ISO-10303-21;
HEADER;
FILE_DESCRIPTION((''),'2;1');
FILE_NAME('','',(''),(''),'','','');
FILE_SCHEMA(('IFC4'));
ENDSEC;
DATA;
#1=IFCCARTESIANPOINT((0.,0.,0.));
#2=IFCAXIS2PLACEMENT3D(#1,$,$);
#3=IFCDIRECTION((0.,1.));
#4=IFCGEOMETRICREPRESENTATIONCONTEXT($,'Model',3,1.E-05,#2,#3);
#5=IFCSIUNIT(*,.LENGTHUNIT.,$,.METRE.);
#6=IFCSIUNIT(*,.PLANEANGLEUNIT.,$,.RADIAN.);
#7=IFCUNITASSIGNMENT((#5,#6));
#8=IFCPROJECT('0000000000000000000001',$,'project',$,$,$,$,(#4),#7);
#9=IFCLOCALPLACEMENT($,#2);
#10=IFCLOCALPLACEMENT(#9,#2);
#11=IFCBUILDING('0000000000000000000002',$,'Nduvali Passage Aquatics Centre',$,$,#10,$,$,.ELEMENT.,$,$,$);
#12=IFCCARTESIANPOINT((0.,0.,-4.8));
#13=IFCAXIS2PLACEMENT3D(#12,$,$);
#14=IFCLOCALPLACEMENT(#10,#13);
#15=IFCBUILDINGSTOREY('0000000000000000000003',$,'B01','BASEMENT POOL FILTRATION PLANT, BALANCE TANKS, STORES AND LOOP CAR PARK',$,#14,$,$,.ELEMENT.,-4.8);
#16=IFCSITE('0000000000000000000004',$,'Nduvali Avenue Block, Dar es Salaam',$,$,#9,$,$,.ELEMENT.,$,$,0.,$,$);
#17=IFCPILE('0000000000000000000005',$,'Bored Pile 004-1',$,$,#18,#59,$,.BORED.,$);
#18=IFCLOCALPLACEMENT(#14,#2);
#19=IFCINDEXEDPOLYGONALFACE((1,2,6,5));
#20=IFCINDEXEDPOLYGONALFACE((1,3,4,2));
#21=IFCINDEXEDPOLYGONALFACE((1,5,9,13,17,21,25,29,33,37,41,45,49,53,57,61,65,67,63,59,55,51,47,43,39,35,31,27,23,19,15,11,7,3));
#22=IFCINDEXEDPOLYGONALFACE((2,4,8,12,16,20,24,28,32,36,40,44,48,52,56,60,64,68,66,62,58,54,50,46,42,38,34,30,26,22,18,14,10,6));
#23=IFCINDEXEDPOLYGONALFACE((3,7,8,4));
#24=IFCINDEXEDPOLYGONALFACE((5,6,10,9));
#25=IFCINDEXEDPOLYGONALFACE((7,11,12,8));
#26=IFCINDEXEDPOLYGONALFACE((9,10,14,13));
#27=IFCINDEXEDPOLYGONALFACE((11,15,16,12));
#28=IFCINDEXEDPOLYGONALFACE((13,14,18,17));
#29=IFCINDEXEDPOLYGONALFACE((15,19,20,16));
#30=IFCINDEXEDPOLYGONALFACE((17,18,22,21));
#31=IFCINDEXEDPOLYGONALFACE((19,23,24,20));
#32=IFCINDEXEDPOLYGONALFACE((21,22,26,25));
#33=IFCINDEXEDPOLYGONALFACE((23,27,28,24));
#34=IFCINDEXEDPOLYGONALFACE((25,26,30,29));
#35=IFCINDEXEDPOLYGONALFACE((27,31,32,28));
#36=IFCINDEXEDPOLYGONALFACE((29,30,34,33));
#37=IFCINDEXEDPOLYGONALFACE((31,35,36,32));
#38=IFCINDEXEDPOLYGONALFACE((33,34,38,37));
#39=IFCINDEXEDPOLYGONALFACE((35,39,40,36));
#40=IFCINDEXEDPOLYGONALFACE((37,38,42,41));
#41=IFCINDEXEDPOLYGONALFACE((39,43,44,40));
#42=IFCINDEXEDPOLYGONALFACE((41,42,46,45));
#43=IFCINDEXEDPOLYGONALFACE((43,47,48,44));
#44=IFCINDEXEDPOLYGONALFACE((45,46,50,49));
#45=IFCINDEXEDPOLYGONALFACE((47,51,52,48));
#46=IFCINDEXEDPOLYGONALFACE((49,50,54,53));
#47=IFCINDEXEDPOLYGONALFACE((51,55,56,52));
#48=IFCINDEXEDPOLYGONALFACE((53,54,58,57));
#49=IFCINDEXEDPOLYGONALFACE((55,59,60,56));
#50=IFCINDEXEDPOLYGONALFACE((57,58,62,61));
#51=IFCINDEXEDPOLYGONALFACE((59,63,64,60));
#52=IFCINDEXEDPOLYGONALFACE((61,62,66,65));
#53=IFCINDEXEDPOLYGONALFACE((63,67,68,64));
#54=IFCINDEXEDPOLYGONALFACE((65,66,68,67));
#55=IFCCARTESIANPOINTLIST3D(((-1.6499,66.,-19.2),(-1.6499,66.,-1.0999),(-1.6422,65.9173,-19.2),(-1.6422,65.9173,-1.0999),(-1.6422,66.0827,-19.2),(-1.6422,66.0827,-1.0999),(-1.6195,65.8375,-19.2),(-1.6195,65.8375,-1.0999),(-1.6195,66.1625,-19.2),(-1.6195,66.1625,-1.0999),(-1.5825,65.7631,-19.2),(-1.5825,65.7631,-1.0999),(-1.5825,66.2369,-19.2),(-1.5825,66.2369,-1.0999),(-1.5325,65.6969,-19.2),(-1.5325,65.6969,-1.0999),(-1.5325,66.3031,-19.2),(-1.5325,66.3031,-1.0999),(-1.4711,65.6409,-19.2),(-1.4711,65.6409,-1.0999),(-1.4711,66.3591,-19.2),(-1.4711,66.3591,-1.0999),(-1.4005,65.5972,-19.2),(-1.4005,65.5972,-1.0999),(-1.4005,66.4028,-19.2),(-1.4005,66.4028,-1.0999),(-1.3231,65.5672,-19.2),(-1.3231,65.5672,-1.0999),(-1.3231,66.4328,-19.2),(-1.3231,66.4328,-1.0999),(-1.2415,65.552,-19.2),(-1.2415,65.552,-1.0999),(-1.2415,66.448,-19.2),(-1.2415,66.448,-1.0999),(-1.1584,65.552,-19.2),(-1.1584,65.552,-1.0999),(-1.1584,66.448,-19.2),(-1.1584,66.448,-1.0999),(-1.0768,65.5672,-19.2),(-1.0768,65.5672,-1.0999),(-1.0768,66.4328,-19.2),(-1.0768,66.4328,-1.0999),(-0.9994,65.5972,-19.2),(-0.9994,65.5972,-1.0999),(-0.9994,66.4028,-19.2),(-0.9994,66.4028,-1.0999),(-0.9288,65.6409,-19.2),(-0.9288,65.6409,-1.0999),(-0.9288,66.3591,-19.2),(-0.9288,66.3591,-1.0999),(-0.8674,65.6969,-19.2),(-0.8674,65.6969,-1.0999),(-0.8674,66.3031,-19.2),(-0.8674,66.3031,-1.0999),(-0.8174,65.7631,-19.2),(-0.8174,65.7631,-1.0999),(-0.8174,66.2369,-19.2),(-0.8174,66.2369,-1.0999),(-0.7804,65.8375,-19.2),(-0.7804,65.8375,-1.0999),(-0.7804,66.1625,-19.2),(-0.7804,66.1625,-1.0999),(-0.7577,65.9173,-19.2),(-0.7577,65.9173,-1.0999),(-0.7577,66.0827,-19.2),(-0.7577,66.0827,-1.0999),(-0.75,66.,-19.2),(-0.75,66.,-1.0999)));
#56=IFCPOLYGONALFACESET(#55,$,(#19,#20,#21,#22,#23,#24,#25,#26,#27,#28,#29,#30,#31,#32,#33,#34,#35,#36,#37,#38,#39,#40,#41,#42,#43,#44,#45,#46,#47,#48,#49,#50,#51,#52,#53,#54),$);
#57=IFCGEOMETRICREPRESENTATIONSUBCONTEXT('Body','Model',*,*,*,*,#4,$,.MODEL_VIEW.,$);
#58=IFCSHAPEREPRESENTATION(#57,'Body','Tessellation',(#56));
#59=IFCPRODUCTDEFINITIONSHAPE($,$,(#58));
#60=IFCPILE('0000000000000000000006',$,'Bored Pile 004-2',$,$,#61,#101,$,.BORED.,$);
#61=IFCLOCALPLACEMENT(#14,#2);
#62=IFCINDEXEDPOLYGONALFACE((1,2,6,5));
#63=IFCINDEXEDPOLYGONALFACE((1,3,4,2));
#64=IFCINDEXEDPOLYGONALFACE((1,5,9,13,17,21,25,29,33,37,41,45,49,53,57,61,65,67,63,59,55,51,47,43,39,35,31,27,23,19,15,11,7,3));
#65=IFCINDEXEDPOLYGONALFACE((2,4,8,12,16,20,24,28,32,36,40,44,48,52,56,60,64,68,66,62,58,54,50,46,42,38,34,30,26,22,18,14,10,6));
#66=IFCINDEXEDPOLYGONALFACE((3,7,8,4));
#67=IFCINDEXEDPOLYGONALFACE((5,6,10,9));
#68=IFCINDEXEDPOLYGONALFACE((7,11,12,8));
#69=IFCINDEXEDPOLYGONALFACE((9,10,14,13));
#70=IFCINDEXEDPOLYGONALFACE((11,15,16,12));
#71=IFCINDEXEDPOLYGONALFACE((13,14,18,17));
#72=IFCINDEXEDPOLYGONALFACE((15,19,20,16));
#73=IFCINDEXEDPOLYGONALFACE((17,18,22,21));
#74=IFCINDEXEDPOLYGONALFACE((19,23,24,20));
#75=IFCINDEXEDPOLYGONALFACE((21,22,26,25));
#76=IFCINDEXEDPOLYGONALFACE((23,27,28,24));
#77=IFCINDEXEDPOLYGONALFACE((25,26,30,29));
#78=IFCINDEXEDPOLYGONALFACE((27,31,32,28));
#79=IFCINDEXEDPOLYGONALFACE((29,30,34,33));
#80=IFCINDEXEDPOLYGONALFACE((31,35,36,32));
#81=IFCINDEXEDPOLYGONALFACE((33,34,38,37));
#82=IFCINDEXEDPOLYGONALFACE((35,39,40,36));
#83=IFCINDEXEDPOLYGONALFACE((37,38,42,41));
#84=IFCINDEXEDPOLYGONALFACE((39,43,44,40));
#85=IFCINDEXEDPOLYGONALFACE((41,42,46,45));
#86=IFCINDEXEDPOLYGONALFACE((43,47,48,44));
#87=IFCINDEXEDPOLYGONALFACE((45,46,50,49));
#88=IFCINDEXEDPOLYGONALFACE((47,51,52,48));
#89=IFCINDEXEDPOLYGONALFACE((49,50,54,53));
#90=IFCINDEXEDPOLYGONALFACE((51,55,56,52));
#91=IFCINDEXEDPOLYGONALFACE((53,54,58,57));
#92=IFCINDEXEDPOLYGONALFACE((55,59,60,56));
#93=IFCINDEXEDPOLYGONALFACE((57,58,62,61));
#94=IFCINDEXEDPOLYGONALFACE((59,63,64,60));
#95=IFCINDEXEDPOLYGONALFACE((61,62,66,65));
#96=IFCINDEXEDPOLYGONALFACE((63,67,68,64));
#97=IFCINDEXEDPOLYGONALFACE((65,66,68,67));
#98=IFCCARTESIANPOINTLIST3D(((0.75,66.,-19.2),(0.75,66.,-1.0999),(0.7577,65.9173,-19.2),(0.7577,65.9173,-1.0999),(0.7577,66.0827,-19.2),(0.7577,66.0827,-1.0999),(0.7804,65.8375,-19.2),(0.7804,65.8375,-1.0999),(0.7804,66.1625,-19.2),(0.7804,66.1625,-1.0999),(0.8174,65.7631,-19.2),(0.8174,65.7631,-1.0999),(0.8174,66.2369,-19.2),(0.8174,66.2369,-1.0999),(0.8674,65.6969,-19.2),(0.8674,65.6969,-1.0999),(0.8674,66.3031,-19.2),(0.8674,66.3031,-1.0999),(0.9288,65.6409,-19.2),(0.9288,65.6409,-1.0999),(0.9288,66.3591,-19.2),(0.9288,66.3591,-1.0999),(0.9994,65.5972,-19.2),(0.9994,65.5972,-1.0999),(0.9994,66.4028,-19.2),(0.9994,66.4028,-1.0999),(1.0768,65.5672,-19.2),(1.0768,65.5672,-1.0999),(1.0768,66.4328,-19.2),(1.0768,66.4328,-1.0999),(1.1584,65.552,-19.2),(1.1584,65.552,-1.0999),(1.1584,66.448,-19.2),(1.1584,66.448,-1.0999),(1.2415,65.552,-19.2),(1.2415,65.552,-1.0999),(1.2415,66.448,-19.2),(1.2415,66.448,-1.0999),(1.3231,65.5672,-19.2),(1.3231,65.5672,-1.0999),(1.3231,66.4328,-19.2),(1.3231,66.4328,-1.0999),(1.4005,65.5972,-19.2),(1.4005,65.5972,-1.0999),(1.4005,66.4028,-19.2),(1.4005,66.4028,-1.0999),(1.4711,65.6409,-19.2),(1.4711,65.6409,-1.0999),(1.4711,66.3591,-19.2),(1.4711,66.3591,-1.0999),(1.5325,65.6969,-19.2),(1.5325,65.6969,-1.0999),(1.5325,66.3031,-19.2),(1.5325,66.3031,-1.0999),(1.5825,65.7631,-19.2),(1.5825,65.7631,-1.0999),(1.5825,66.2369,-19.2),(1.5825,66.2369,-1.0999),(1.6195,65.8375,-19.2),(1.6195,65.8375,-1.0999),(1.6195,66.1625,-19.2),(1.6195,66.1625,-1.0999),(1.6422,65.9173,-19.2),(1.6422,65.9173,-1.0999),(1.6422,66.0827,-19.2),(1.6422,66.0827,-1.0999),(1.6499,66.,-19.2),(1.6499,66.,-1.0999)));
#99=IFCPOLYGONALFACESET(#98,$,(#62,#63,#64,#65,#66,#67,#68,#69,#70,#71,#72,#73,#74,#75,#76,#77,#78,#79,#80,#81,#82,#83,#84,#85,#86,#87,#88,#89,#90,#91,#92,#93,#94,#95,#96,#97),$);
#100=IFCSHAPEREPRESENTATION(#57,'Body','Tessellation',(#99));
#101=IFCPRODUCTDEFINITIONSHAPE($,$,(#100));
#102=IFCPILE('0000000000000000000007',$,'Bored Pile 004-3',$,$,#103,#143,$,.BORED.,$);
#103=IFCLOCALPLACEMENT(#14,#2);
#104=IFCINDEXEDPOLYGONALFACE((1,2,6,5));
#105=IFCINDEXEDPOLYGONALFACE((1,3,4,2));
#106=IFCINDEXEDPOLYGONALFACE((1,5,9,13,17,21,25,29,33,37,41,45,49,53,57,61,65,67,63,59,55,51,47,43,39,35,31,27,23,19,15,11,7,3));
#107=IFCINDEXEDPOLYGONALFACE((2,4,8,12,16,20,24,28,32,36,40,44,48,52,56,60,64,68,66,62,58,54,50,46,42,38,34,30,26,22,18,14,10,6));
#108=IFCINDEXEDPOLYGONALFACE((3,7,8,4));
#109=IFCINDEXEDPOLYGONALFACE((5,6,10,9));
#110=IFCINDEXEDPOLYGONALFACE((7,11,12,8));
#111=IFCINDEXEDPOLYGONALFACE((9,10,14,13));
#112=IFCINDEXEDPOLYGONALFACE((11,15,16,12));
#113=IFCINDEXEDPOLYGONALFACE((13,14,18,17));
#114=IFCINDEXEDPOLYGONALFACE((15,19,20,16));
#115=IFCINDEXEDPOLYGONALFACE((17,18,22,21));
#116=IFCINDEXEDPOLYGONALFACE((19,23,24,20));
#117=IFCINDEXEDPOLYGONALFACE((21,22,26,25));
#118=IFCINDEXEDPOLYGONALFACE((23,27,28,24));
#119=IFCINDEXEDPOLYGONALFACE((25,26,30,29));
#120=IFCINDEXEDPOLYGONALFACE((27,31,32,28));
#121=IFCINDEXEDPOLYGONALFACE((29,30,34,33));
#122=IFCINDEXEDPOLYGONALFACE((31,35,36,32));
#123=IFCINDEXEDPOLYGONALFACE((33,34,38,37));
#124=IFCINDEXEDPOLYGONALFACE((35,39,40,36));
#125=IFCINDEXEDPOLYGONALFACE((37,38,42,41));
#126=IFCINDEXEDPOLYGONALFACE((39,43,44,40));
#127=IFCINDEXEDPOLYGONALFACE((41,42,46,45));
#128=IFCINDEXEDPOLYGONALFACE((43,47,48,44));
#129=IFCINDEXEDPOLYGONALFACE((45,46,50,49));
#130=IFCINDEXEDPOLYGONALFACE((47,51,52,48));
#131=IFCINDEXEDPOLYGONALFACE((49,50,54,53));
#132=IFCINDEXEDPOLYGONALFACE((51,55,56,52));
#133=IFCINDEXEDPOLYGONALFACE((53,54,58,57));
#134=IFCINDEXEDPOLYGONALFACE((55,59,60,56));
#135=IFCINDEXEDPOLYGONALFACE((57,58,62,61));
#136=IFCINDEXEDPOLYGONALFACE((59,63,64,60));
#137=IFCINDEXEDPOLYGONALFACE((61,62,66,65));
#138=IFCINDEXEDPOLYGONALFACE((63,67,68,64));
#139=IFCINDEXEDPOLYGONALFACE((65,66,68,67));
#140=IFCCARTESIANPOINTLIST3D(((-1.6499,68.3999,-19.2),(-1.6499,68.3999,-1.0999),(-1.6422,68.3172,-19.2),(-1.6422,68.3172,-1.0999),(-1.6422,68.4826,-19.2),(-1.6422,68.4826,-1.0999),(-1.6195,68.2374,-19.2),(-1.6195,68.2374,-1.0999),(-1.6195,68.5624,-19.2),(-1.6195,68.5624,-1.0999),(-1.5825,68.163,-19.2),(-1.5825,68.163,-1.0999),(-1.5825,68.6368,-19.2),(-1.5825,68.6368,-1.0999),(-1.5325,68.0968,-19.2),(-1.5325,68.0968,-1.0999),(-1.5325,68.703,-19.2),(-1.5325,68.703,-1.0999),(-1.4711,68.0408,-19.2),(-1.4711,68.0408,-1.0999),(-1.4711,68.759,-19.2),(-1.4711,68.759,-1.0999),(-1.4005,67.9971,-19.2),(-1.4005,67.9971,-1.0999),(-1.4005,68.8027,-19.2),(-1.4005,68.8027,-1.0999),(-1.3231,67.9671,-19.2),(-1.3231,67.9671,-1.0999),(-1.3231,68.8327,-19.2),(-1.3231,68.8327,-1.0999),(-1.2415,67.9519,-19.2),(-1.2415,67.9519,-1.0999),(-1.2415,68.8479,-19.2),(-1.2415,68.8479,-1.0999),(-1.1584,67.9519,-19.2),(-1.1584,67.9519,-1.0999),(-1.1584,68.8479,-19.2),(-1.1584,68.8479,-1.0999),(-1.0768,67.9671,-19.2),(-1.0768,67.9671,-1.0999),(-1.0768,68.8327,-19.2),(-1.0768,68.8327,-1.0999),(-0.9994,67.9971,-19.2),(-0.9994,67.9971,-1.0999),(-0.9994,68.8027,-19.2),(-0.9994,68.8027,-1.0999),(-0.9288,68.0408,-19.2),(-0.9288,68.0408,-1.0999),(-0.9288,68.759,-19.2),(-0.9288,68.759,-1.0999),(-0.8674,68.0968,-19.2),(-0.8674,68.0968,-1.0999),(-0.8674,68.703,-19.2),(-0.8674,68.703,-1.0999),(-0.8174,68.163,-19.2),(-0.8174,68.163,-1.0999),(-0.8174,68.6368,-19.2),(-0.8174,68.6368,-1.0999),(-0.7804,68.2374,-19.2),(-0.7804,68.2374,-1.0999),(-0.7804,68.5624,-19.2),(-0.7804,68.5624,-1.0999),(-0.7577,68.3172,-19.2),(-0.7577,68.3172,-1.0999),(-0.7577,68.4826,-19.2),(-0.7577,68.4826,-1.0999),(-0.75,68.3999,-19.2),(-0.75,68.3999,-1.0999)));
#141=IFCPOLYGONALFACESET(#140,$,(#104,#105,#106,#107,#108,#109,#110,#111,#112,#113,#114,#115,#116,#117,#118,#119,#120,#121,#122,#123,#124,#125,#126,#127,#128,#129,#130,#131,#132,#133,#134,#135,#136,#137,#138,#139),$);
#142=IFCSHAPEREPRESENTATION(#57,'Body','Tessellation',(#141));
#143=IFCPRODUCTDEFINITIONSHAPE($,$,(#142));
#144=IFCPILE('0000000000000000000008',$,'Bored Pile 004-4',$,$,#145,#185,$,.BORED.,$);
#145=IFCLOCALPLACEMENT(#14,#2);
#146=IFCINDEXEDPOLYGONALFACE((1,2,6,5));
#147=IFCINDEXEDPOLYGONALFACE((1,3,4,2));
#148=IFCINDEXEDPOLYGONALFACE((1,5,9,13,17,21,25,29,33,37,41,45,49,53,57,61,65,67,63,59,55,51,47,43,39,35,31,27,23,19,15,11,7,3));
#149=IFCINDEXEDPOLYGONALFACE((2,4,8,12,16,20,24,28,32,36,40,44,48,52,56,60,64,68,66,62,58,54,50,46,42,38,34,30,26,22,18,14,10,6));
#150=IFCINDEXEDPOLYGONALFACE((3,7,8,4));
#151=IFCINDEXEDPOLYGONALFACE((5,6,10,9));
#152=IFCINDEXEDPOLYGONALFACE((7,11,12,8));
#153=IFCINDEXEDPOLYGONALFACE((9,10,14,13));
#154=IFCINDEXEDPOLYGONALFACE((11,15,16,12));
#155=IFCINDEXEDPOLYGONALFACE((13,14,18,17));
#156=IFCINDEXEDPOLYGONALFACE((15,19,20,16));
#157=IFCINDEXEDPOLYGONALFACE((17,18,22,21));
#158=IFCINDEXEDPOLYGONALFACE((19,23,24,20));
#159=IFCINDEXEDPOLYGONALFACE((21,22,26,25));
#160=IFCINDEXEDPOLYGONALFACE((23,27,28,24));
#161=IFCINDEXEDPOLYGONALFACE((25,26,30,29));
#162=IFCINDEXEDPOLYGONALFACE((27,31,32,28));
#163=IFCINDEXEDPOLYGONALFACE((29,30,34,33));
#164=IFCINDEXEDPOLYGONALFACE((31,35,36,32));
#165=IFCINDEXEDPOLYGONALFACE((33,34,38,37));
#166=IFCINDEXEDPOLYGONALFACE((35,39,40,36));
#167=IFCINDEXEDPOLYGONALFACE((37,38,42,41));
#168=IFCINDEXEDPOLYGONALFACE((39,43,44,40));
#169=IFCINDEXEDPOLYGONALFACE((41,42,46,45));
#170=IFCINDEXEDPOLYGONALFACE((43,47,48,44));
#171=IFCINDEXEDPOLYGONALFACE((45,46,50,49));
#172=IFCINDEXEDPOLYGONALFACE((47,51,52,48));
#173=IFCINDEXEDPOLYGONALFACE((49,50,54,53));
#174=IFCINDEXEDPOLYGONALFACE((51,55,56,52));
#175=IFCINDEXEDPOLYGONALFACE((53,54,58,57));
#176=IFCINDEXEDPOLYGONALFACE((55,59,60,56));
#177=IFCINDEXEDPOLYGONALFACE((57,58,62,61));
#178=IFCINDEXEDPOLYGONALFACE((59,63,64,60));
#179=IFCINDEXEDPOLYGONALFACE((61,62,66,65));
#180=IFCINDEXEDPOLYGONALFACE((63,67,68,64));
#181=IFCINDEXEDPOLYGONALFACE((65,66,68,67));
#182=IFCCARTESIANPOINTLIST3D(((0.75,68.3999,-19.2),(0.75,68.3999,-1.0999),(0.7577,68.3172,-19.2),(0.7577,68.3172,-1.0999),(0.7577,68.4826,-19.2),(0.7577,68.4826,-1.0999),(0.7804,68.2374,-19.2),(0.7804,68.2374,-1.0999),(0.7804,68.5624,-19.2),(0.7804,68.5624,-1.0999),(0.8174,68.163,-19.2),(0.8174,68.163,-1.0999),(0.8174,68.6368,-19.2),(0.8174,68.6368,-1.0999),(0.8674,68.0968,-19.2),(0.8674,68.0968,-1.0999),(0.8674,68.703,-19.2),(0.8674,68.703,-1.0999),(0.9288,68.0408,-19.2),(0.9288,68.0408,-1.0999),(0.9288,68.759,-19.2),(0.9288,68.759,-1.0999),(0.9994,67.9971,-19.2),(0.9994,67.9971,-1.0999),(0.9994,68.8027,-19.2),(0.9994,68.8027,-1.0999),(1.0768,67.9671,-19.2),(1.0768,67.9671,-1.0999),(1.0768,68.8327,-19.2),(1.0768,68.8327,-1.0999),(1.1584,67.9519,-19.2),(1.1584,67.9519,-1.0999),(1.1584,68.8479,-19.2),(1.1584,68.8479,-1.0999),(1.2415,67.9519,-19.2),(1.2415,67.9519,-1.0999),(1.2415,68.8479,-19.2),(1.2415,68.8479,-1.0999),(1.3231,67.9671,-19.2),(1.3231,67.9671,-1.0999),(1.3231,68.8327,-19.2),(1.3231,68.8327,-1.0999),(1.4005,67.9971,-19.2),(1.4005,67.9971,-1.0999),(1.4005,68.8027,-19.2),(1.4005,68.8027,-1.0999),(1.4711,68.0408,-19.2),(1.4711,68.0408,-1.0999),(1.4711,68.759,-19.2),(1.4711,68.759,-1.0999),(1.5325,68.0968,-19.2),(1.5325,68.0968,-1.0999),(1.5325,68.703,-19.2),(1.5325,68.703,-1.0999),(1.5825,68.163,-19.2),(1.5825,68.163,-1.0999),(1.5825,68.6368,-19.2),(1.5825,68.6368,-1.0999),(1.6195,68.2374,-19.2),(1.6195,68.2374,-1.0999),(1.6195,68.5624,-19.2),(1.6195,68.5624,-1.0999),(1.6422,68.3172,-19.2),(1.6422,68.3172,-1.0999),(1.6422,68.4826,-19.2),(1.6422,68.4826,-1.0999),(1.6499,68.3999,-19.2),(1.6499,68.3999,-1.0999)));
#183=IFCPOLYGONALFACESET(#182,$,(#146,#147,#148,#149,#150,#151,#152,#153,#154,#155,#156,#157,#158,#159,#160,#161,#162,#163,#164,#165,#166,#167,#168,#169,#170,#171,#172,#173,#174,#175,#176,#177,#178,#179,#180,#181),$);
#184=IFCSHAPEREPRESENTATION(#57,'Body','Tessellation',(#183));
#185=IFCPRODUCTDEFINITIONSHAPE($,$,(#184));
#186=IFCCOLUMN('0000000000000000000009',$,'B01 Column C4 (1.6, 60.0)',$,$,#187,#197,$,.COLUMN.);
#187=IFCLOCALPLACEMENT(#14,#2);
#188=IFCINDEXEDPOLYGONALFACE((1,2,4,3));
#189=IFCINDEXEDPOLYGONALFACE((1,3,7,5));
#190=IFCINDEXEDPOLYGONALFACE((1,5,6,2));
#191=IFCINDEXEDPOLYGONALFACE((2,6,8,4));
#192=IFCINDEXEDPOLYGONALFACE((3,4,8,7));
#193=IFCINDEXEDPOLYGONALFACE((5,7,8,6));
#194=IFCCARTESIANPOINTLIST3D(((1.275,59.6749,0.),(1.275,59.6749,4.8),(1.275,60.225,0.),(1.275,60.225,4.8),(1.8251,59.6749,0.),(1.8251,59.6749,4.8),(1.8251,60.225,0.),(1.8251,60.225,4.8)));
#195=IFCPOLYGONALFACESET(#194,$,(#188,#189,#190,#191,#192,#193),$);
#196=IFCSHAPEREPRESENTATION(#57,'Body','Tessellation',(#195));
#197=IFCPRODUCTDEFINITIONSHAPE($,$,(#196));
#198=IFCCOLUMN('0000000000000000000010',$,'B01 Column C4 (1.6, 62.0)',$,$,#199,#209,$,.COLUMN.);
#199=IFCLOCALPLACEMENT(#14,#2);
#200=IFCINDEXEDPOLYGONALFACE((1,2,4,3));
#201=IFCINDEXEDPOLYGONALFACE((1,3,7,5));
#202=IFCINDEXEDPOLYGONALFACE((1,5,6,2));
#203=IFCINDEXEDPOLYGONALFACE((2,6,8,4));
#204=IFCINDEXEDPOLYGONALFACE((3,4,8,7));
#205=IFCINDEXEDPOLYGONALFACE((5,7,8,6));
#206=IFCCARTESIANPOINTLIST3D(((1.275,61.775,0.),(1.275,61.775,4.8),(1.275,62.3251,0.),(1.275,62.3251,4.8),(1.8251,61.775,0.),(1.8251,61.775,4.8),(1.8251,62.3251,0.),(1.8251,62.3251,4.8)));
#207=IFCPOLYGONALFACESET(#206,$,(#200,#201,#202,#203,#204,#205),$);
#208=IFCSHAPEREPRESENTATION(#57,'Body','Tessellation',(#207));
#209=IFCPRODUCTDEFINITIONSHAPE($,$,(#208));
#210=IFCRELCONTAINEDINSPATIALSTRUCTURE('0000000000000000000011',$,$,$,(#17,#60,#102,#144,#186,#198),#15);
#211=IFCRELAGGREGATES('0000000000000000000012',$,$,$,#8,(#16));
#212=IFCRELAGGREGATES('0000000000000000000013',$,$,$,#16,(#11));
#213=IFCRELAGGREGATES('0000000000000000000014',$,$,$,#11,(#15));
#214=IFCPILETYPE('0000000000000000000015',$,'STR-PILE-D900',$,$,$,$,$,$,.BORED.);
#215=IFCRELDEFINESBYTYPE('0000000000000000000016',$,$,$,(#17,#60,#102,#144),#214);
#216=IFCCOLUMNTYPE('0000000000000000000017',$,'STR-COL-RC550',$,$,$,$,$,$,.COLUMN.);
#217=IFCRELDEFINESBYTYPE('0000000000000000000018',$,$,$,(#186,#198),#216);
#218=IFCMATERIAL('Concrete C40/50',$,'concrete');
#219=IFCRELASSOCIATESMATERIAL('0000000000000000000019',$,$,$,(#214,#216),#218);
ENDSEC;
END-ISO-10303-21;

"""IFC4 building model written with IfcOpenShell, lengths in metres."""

from ifc_helpers import new_model, si_unit, direction, frame, origin, origin_2d, place, context, subcontext, project, spatial, rectangle, circle, extrude, material, material_profile, profile_set, type_object, element, save


model = new_model("IFC4")

# Units and contexts
model_context = context("Model", 3, precision=1e-05, world=origin(), true_north=direction((0.0, 1.0)))
body_context = subcontext(model_context, "Body", "Model", "MODEL_VIEW")
ifc_project = project(units=[si_unit("LENGTHUNIT", "METRE"), si_unit("PLANEANGLEUNIT", "RADIAN")], contexts=[model_context])

# Site, building, storey
site_placement = place(None, origin())
site = spatial("IfcSite", under=ifc_project, at=site_placement, Name="Nduvali Avenue Block, Dar es Salaam", CompositionType="ELEMENT", RefElevation=0.0)
building_placement = place(site_placement, origin())
building = spatial("IfcBuilding", under=site, at=building_placement, Name="Nduvali Passage Aquatics Centre", CompositionType="ELEMENT")
storey_placement = place(building_placement, frame((0.0, 0.0, -4.8)))
storey = spatial("IfcBuildingStorey", under=building, at=storey_placement, Name="B01", Description="BASEMENT POOL FILTRATION PLANT, BALANCE TANKS, STORES AND LOOP CAR PARK", CompositionType="ELEMENT", Elevation=-4.8)

# Shared definitions
ifc_material = material(Name="Concrete C40/50", Category="concrete")

# Piles
ifc_material_profile_1 = material_profile(ifc_material, circle(Radius=0.45, at=origin_2d()), Name="PILE D900")
ifc_profile_set_1 = profile_set([ifc_material_profile_1], Name="Concrete C40/50")
pile_type_1 = type_object("IfcPileType", Name="STR-PILE-D900", PredefinedType="BORED", material=ifc_profile_set_1)
for number, where, z_axis, x_axis, name in (
    (1, (-1.2, 66.0, -1.0999), (0.0, 0.0, -1.0), (1.0, 0.0, 0.0), "Bored Pile 004-1"),
    (2, (1.2, 66.0, -1.0999), (0.0, 0.0, -1.0), (1.0, 0.0, 0.0), "Bored Pile 004-2"),
    (3, (-1.2, 68.3999, -1.0999), (0.0, 0.0, -1.0), (1.0, 0.0, 0.0), "Bored Pile 004-3"),
    (4, (1.2, 68.3999, -1.0999), (0.0, 0.0, -1.0), (1.0, 0.0, 0.0), "Bored Pile 004-4"),
):
    element("IfcPile", number, at=place(storey_placement, frame(where, z_axis=z_axis, x_axis=x_axis)), inside=storey, type_object=pile_type_1, Name=name, PredefinedType="BORED", context=body_context, shape_type="SweptSolid", body=[
        extrude(circle(Radius=0.45, at=origin_2d()), origin(), (0.0, 0.0, 1.0), 18.1001),
    ])

# Columns
ifc_material_profile_2 = material_profile(ifc_material, rectangle(XDim=0.55, YDim=0.55, at=origin_2d()), Name="RC 550x550")
ifc_profile_set_2 = profile_set([ifc_material_profile_2], Name="Concrete C40/50")
column_type_1 = type_object("IfcColumnType", Name="STR-COL-RC550", PredefinedType="COLUMN", material=ifc_profile_set_2)
for number, where, z_axis, x_axis, name in (
    (5, (1.55, 59.95, 0.0), (0.0, 0.0, 1.0), (1.0, 0.0, 0.0), "B01 Column C4 (1.6, 60.0)"),
    (6, (1.55, 62.05, 0.0), (0.0, 0.0, 1.0), (1.0, 0.0, 0.0), "B01 Column C4 (1.6, 62.0)"),
):
    element("IfcColumn", number, at=place(storey_placement, frame(where, z_axis=z_axis, x_axis=x_axis)), inside=storey, type_object=column_type_1, Name=name, PredefinedType="COLUMN", context=body_context, shape_type="SweptSolid", body=[
        extrude(rectangle(XDim=0.55, YDim=0.55, at=origin_2d()), origin(), (0.0, 0.0, 1.0), 4.8),
    ])

save(model, "model.ifc")
